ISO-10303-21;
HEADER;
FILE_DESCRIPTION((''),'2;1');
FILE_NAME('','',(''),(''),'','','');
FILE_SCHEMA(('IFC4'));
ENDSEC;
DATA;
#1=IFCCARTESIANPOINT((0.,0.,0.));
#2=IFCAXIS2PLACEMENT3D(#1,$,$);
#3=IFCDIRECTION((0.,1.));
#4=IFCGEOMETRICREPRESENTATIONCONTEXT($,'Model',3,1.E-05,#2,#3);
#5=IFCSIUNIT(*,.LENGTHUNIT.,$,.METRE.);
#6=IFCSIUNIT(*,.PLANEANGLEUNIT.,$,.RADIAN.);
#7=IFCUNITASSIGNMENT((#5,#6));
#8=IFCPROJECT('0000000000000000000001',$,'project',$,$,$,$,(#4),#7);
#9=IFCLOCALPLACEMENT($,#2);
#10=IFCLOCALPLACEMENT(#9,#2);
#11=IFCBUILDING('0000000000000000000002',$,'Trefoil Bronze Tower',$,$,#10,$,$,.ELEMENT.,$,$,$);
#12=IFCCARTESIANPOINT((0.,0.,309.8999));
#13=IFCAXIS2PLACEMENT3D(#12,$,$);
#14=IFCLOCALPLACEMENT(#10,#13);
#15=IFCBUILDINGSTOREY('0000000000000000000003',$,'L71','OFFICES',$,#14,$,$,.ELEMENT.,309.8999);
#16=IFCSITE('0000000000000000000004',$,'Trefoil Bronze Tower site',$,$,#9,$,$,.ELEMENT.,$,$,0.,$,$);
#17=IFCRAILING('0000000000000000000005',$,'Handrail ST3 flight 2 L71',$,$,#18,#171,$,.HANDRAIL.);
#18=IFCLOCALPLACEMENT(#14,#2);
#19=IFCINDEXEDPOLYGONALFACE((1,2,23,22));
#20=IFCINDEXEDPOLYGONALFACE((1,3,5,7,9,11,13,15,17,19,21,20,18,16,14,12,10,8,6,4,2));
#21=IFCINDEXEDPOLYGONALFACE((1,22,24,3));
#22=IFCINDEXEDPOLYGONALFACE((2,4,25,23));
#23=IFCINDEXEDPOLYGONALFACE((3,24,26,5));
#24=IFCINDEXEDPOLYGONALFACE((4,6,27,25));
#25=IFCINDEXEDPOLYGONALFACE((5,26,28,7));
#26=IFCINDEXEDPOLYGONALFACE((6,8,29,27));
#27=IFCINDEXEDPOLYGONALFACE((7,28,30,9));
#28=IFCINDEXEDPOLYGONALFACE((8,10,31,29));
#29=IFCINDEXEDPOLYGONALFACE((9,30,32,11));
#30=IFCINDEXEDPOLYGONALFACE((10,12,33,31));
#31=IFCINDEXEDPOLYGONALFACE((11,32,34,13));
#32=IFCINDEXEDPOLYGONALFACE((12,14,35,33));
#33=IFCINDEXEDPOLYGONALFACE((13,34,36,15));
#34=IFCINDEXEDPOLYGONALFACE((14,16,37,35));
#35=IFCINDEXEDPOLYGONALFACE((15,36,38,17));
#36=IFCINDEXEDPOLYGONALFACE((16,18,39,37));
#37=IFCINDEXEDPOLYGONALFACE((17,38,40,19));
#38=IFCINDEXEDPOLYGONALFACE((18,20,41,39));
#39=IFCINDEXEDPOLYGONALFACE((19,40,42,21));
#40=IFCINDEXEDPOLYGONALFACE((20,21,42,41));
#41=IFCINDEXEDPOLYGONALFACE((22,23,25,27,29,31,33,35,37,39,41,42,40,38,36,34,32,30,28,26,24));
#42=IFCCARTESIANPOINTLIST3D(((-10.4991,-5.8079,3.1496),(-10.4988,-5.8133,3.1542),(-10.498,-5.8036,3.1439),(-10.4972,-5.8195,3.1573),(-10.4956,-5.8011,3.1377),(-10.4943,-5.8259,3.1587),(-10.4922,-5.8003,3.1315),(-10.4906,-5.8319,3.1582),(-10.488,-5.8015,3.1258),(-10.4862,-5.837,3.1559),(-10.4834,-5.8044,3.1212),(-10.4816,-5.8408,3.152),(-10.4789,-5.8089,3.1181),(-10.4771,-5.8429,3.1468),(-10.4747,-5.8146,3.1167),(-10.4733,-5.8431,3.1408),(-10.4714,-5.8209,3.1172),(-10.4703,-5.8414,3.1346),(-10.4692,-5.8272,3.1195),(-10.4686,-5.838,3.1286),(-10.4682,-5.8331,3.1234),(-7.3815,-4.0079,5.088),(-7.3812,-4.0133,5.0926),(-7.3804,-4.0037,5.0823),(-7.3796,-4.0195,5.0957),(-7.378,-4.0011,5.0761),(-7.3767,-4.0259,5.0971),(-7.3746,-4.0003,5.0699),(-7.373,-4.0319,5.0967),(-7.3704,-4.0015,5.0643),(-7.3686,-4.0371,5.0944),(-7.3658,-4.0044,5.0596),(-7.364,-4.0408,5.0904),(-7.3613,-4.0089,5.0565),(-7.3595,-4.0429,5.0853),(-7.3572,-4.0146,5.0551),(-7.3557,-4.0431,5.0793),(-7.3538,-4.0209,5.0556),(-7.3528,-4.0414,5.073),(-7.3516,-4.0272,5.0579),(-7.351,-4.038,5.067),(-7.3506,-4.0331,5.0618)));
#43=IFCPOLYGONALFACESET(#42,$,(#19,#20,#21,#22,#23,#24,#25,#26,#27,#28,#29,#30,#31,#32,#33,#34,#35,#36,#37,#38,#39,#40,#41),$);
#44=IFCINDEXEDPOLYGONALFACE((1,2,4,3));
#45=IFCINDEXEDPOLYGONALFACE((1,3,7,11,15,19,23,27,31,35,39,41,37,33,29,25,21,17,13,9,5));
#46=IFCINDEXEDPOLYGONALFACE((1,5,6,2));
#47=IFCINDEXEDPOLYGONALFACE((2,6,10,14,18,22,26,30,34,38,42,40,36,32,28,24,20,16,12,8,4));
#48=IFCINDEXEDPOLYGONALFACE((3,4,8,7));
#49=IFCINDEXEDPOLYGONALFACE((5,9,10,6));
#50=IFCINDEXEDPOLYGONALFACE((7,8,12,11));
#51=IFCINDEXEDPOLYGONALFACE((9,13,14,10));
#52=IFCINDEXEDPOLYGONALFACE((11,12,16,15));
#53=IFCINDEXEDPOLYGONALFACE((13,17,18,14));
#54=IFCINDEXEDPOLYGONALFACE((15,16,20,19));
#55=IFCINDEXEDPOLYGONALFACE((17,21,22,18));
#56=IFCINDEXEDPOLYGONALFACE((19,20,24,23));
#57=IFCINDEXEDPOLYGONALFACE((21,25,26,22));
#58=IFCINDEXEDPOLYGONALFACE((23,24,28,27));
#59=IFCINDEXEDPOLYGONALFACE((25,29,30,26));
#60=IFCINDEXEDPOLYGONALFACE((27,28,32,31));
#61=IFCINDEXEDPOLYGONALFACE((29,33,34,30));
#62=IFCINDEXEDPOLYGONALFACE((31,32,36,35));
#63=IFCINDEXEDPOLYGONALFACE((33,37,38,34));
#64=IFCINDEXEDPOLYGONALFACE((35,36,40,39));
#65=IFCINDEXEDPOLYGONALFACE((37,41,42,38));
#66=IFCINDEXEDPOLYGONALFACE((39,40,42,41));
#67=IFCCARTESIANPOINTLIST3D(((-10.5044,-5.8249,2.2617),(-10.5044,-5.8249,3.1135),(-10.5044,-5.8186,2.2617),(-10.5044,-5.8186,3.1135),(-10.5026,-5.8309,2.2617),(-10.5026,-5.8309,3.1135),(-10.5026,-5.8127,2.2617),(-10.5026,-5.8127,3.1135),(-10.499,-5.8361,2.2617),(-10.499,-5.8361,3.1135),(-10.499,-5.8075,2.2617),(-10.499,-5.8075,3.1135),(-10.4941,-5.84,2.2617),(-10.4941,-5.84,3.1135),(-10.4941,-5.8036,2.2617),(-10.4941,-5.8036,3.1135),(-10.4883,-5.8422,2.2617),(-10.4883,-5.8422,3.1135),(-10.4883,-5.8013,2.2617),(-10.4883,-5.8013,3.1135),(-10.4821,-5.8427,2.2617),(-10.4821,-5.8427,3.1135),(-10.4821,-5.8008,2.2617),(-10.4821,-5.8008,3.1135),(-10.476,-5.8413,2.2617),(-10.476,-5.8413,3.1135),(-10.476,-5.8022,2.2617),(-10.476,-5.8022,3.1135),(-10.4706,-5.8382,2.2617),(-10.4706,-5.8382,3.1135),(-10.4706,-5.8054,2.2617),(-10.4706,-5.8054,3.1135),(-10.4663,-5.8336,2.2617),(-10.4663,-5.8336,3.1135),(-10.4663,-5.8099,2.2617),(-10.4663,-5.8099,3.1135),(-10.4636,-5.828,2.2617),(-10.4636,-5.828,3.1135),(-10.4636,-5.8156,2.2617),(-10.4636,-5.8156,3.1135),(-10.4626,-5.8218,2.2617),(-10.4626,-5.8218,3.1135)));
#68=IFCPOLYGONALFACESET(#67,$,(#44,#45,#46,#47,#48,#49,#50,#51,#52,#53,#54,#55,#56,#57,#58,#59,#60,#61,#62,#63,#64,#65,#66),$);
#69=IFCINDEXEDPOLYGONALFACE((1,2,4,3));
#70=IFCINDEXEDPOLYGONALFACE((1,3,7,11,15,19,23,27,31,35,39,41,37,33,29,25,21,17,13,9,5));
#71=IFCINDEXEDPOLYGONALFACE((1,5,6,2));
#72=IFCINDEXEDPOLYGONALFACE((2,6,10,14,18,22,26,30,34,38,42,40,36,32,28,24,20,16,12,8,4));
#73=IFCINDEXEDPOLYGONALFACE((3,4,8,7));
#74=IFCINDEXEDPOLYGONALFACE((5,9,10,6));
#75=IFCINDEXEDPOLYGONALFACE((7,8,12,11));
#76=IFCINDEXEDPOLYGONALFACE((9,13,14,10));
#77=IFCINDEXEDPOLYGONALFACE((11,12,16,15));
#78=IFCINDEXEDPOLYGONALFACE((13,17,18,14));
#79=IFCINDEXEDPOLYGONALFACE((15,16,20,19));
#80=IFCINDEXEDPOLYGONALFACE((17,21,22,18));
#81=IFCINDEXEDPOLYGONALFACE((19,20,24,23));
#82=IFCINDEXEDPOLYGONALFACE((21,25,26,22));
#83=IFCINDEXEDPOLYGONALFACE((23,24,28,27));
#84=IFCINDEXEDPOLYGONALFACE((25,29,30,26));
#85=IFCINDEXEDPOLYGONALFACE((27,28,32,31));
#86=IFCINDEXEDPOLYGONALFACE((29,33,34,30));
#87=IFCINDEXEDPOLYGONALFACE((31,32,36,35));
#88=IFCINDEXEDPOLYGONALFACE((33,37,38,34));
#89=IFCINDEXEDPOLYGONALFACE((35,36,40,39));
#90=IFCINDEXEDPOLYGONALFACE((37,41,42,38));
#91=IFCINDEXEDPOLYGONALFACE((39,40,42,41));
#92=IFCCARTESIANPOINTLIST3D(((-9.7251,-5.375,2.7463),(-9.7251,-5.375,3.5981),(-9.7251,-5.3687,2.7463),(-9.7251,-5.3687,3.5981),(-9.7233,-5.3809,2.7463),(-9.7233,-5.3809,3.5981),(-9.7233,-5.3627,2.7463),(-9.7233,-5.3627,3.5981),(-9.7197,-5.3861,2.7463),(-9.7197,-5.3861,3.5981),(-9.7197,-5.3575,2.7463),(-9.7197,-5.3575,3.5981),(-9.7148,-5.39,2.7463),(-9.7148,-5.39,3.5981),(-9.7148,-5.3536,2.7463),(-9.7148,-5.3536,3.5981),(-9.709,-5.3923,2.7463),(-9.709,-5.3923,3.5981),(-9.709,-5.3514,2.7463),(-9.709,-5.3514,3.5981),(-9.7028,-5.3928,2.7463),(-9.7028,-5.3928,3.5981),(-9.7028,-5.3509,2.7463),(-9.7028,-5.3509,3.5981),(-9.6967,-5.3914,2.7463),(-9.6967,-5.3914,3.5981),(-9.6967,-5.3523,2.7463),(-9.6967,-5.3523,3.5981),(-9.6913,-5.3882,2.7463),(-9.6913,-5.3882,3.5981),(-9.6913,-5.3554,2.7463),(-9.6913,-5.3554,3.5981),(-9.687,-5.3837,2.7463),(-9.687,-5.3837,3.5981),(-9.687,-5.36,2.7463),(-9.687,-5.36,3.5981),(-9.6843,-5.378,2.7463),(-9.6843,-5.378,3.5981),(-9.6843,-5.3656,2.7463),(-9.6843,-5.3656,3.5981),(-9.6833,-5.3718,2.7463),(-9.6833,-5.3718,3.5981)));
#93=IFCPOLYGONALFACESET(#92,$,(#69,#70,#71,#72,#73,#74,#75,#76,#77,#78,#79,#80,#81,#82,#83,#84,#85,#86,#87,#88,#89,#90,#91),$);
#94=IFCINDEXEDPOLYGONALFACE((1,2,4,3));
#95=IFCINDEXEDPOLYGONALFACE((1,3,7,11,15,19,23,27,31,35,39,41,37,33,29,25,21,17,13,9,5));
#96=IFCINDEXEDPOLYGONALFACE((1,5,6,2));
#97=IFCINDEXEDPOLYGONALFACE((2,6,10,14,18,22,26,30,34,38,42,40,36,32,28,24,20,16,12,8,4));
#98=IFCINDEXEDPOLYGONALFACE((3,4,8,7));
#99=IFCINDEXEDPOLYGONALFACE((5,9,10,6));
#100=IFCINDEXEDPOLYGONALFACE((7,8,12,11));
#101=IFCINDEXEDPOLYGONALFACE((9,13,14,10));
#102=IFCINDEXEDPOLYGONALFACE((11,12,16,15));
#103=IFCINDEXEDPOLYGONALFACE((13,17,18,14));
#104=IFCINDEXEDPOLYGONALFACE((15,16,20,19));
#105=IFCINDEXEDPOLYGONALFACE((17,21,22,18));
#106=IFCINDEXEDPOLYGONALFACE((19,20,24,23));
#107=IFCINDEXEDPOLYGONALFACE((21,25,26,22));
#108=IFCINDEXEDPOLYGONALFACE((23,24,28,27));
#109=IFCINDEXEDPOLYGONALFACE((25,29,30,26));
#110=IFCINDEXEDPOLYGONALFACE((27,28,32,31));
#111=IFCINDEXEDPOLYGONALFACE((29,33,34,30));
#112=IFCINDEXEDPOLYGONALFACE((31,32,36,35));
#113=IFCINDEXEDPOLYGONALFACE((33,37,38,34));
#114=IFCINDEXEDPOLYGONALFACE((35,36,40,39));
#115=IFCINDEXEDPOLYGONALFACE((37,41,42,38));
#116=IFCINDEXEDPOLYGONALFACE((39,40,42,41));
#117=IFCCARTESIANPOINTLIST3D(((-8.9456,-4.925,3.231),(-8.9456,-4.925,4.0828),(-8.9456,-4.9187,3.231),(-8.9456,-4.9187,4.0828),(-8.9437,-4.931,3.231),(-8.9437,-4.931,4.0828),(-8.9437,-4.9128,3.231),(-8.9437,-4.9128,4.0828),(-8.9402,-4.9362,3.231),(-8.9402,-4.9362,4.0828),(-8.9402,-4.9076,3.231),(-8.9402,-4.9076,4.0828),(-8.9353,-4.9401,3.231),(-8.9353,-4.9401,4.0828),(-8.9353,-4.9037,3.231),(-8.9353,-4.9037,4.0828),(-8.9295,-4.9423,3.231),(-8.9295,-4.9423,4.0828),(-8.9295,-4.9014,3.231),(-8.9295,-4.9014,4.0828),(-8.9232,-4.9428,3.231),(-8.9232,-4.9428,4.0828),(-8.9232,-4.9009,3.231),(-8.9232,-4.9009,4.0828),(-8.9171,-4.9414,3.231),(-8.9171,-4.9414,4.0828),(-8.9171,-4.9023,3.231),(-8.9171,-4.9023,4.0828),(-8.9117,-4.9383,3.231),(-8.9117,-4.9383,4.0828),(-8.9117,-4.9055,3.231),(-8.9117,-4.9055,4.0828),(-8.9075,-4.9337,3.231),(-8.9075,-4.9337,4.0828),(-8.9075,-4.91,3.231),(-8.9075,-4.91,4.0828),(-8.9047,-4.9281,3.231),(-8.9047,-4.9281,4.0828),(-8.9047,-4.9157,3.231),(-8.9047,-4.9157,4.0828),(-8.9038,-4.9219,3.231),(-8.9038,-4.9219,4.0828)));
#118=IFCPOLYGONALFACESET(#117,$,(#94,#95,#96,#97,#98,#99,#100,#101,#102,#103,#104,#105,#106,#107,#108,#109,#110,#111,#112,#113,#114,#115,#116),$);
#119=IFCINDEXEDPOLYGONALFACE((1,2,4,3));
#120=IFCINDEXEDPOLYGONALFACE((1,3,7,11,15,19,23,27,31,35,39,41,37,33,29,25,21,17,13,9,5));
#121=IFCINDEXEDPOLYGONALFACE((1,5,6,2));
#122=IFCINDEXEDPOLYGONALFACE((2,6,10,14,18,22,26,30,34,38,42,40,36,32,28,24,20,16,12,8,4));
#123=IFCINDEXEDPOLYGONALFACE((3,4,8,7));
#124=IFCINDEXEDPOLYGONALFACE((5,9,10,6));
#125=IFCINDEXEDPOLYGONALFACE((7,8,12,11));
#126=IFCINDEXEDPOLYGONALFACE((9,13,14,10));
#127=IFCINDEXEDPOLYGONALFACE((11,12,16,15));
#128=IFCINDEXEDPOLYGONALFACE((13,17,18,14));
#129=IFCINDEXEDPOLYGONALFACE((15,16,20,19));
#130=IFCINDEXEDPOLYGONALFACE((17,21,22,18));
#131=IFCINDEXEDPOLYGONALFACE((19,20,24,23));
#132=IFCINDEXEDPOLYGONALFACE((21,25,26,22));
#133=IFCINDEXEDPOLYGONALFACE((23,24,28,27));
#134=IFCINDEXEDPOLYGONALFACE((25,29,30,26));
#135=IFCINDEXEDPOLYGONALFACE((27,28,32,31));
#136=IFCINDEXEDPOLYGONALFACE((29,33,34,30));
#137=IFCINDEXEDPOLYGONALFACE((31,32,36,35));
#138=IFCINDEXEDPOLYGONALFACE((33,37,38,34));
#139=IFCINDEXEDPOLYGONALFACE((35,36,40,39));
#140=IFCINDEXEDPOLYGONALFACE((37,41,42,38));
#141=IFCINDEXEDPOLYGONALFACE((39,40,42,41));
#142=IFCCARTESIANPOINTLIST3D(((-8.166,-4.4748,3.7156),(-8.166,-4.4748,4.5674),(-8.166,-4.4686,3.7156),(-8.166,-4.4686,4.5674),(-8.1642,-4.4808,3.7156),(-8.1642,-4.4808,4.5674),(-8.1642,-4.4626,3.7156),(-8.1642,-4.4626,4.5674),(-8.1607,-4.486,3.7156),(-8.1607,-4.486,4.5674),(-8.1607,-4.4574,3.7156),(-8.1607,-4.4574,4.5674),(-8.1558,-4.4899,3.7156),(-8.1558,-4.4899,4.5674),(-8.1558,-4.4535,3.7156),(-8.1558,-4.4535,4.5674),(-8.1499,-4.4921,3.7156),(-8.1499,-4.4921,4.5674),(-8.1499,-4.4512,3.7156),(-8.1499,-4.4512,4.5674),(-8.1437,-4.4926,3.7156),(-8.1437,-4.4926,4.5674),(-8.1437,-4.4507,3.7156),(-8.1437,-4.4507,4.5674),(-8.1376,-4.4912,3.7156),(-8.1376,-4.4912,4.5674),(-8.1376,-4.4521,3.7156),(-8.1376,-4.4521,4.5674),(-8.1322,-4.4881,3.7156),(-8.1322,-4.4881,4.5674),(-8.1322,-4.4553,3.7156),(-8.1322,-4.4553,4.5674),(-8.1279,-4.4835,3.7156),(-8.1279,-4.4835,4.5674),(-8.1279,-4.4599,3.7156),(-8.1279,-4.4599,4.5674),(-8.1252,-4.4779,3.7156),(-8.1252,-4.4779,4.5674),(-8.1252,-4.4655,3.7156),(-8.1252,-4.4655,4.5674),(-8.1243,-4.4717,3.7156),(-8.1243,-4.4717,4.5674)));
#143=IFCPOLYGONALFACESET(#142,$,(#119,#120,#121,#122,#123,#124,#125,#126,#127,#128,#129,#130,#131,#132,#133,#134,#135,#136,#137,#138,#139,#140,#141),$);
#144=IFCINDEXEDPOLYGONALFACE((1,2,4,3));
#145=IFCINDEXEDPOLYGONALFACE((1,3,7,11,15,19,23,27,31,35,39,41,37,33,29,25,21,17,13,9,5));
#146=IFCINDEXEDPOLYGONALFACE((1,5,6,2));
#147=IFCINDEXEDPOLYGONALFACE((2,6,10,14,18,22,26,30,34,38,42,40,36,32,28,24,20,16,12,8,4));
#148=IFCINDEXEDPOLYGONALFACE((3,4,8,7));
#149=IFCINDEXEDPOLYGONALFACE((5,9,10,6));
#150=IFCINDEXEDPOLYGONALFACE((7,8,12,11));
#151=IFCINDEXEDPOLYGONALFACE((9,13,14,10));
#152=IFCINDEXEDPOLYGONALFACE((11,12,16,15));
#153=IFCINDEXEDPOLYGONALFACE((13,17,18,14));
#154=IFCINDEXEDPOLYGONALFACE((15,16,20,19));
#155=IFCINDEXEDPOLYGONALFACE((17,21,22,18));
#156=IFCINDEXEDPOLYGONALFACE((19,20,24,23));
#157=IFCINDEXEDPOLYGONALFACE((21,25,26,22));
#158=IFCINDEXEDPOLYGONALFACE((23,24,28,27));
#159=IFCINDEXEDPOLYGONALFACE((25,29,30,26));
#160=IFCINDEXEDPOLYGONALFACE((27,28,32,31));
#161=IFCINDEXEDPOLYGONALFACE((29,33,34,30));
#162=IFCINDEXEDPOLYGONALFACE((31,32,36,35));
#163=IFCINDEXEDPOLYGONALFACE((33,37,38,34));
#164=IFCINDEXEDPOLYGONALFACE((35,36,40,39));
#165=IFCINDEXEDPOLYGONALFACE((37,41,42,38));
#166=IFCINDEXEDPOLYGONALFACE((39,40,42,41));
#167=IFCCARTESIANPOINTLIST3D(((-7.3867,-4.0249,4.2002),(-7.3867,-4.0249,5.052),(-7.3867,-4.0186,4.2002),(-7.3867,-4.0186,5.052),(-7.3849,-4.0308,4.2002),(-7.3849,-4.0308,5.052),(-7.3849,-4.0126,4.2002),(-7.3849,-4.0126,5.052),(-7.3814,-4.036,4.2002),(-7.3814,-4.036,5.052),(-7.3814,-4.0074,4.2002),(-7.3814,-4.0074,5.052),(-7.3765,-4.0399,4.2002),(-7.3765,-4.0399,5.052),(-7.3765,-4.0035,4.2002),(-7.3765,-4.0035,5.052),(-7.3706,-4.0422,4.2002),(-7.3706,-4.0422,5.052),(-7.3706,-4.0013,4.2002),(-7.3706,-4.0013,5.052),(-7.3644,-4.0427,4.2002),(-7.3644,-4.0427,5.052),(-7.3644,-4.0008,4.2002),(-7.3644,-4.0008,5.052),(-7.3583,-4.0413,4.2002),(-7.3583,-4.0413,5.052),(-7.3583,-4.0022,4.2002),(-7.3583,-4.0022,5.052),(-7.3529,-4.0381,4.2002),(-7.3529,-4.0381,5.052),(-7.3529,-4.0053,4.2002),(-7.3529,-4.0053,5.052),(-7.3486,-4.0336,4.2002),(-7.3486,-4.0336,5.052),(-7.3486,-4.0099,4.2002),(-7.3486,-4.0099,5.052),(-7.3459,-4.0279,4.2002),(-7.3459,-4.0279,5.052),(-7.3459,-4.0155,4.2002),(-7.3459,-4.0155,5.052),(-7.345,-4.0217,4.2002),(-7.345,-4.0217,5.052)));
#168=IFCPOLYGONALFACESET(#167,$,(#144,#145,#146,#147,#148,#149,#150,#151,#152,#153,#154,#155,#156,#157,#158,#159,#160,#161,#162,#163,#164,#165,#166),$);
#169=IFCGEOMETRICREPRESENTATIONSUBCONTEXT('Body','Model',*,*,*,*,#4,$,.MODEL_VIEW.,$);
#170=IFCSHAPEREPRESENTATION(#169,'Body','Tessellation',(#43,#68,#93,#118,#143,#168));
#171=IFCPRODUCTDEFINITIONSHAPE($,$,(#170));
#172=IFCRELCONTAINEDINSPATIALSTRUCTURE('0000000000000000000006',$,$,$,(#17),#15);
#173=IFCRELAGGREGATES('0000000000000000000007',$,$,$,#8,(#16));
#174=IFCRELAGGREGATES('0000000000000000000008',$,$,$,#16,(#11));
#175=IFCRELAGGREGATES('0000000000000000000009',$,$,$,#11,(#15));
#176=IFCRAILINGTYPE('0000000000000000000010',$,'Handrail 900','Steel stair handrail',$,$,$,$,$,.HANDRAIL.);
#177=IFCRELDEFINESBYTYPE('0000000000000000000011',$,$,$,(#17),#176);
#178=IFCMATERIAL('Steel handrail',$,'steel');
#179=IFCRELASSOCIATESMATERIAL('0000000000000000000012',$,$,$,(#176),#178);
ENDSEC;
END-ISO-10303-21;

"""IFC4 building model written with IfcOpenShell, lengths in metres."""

from ifc_helpers import new_model, si_unit, direction, frame, origin, origin_2d, place, context, subcontext, project, spatial, circle, extrude, material, type_object, element, save


model = new_model("IFC4")

# Units and contexts
model_context = context("Model", 3, precision=1e-05, world=origin(), true_north=direction((0.0, 1.0)))
body_context = subcontext(model_context, "Body", "Model", "MODEL_VIEW")
ifc_project = project(units=[si_unit("LENGTHUNIT", "METRE"), si_unit("PLANEANGLEUNIT", "RADIAN")], contexts=[model_context])

# Site, building, storey
site_placement = place(None, origin())
site = spatial("IfcSite", under=ifc_project, at=site_placement, Name="Trefoil Bronze Tower site", CompositionType="ELEMENT", RefElevation=0.0)
building_placement = place(site_placement, origin())
building = spatial("IfcBuilding", under=site, at=building_placement, Name="Trefoil Bronze Tower", CompositionType="ELEMENT")
storey_placement = place(building_placement, frame((0.0, 0.0, 309.8999)))
storey = spatial("IfcBuildingStorey", under=building, at=storey_placement, Name="L71", Description="OFFICES", CompositionType="ELEMENT", Elevation=309.8999)

# Railing
ifc_material_1 = material(Name="Steel handrail", Category="steel")
railing_type = type_object("IfcRailingType", Name="Handrail 900", Description="Steel stair handrail", PredefinedType="HANDRAIL", material=ifc_material_1)
railing_1_placement = place(storey_placement, frame((-10.4836, -5.8218, 2.2617)))
element("IfcRailing", 1, at=railing_1_placement, inside=storey, type_object=railing_type, Name="Handrail ST3 flight 2 L71", PredefinedType="HANDRAIL", context=body_context, shape_type="SweptSolid", body=[
    extrude(circle(Radius=0.0239, at=origin_2d()), frame((0.0, 0.0, 0.876), z_axis=(0.762503, 0.440246, 0.474102), x_axis=(-0.500012, 0.866018, 0.0)), (0.0, 0.0, 1.0), 4.0886),
    extrude(circle(Radius=0.021, at=origin_2d()), origin(), (0.0, 0.0, 1.0), 0.8518),
    extrude(circle(Radius=0.021, at=origin_2d()), frame((0.7793, 0.45, 0.4846)), (0.0, 0.0, 1.0), 0.8518),
    extrude(circle(Radius=0.021, at=origin_2d()), frame((1.5588, 0.8999, 0.9692)), (0.0, 0.0, 1.0), 0.8518),
    extrude(circle(Radius=0.021, at=origin_2d()), frame((2.3384, 1.3501, 1.4539)), (0.0, 0.0, 1.0), 0.8518),
    extrude(circle(Radius=0.021, at=origin_2d()), frame((3.1177, 1.8, 1.9385)), (0.0, 0.0, 1.0), 0.8518),
])

save(model, "model.ifc")
